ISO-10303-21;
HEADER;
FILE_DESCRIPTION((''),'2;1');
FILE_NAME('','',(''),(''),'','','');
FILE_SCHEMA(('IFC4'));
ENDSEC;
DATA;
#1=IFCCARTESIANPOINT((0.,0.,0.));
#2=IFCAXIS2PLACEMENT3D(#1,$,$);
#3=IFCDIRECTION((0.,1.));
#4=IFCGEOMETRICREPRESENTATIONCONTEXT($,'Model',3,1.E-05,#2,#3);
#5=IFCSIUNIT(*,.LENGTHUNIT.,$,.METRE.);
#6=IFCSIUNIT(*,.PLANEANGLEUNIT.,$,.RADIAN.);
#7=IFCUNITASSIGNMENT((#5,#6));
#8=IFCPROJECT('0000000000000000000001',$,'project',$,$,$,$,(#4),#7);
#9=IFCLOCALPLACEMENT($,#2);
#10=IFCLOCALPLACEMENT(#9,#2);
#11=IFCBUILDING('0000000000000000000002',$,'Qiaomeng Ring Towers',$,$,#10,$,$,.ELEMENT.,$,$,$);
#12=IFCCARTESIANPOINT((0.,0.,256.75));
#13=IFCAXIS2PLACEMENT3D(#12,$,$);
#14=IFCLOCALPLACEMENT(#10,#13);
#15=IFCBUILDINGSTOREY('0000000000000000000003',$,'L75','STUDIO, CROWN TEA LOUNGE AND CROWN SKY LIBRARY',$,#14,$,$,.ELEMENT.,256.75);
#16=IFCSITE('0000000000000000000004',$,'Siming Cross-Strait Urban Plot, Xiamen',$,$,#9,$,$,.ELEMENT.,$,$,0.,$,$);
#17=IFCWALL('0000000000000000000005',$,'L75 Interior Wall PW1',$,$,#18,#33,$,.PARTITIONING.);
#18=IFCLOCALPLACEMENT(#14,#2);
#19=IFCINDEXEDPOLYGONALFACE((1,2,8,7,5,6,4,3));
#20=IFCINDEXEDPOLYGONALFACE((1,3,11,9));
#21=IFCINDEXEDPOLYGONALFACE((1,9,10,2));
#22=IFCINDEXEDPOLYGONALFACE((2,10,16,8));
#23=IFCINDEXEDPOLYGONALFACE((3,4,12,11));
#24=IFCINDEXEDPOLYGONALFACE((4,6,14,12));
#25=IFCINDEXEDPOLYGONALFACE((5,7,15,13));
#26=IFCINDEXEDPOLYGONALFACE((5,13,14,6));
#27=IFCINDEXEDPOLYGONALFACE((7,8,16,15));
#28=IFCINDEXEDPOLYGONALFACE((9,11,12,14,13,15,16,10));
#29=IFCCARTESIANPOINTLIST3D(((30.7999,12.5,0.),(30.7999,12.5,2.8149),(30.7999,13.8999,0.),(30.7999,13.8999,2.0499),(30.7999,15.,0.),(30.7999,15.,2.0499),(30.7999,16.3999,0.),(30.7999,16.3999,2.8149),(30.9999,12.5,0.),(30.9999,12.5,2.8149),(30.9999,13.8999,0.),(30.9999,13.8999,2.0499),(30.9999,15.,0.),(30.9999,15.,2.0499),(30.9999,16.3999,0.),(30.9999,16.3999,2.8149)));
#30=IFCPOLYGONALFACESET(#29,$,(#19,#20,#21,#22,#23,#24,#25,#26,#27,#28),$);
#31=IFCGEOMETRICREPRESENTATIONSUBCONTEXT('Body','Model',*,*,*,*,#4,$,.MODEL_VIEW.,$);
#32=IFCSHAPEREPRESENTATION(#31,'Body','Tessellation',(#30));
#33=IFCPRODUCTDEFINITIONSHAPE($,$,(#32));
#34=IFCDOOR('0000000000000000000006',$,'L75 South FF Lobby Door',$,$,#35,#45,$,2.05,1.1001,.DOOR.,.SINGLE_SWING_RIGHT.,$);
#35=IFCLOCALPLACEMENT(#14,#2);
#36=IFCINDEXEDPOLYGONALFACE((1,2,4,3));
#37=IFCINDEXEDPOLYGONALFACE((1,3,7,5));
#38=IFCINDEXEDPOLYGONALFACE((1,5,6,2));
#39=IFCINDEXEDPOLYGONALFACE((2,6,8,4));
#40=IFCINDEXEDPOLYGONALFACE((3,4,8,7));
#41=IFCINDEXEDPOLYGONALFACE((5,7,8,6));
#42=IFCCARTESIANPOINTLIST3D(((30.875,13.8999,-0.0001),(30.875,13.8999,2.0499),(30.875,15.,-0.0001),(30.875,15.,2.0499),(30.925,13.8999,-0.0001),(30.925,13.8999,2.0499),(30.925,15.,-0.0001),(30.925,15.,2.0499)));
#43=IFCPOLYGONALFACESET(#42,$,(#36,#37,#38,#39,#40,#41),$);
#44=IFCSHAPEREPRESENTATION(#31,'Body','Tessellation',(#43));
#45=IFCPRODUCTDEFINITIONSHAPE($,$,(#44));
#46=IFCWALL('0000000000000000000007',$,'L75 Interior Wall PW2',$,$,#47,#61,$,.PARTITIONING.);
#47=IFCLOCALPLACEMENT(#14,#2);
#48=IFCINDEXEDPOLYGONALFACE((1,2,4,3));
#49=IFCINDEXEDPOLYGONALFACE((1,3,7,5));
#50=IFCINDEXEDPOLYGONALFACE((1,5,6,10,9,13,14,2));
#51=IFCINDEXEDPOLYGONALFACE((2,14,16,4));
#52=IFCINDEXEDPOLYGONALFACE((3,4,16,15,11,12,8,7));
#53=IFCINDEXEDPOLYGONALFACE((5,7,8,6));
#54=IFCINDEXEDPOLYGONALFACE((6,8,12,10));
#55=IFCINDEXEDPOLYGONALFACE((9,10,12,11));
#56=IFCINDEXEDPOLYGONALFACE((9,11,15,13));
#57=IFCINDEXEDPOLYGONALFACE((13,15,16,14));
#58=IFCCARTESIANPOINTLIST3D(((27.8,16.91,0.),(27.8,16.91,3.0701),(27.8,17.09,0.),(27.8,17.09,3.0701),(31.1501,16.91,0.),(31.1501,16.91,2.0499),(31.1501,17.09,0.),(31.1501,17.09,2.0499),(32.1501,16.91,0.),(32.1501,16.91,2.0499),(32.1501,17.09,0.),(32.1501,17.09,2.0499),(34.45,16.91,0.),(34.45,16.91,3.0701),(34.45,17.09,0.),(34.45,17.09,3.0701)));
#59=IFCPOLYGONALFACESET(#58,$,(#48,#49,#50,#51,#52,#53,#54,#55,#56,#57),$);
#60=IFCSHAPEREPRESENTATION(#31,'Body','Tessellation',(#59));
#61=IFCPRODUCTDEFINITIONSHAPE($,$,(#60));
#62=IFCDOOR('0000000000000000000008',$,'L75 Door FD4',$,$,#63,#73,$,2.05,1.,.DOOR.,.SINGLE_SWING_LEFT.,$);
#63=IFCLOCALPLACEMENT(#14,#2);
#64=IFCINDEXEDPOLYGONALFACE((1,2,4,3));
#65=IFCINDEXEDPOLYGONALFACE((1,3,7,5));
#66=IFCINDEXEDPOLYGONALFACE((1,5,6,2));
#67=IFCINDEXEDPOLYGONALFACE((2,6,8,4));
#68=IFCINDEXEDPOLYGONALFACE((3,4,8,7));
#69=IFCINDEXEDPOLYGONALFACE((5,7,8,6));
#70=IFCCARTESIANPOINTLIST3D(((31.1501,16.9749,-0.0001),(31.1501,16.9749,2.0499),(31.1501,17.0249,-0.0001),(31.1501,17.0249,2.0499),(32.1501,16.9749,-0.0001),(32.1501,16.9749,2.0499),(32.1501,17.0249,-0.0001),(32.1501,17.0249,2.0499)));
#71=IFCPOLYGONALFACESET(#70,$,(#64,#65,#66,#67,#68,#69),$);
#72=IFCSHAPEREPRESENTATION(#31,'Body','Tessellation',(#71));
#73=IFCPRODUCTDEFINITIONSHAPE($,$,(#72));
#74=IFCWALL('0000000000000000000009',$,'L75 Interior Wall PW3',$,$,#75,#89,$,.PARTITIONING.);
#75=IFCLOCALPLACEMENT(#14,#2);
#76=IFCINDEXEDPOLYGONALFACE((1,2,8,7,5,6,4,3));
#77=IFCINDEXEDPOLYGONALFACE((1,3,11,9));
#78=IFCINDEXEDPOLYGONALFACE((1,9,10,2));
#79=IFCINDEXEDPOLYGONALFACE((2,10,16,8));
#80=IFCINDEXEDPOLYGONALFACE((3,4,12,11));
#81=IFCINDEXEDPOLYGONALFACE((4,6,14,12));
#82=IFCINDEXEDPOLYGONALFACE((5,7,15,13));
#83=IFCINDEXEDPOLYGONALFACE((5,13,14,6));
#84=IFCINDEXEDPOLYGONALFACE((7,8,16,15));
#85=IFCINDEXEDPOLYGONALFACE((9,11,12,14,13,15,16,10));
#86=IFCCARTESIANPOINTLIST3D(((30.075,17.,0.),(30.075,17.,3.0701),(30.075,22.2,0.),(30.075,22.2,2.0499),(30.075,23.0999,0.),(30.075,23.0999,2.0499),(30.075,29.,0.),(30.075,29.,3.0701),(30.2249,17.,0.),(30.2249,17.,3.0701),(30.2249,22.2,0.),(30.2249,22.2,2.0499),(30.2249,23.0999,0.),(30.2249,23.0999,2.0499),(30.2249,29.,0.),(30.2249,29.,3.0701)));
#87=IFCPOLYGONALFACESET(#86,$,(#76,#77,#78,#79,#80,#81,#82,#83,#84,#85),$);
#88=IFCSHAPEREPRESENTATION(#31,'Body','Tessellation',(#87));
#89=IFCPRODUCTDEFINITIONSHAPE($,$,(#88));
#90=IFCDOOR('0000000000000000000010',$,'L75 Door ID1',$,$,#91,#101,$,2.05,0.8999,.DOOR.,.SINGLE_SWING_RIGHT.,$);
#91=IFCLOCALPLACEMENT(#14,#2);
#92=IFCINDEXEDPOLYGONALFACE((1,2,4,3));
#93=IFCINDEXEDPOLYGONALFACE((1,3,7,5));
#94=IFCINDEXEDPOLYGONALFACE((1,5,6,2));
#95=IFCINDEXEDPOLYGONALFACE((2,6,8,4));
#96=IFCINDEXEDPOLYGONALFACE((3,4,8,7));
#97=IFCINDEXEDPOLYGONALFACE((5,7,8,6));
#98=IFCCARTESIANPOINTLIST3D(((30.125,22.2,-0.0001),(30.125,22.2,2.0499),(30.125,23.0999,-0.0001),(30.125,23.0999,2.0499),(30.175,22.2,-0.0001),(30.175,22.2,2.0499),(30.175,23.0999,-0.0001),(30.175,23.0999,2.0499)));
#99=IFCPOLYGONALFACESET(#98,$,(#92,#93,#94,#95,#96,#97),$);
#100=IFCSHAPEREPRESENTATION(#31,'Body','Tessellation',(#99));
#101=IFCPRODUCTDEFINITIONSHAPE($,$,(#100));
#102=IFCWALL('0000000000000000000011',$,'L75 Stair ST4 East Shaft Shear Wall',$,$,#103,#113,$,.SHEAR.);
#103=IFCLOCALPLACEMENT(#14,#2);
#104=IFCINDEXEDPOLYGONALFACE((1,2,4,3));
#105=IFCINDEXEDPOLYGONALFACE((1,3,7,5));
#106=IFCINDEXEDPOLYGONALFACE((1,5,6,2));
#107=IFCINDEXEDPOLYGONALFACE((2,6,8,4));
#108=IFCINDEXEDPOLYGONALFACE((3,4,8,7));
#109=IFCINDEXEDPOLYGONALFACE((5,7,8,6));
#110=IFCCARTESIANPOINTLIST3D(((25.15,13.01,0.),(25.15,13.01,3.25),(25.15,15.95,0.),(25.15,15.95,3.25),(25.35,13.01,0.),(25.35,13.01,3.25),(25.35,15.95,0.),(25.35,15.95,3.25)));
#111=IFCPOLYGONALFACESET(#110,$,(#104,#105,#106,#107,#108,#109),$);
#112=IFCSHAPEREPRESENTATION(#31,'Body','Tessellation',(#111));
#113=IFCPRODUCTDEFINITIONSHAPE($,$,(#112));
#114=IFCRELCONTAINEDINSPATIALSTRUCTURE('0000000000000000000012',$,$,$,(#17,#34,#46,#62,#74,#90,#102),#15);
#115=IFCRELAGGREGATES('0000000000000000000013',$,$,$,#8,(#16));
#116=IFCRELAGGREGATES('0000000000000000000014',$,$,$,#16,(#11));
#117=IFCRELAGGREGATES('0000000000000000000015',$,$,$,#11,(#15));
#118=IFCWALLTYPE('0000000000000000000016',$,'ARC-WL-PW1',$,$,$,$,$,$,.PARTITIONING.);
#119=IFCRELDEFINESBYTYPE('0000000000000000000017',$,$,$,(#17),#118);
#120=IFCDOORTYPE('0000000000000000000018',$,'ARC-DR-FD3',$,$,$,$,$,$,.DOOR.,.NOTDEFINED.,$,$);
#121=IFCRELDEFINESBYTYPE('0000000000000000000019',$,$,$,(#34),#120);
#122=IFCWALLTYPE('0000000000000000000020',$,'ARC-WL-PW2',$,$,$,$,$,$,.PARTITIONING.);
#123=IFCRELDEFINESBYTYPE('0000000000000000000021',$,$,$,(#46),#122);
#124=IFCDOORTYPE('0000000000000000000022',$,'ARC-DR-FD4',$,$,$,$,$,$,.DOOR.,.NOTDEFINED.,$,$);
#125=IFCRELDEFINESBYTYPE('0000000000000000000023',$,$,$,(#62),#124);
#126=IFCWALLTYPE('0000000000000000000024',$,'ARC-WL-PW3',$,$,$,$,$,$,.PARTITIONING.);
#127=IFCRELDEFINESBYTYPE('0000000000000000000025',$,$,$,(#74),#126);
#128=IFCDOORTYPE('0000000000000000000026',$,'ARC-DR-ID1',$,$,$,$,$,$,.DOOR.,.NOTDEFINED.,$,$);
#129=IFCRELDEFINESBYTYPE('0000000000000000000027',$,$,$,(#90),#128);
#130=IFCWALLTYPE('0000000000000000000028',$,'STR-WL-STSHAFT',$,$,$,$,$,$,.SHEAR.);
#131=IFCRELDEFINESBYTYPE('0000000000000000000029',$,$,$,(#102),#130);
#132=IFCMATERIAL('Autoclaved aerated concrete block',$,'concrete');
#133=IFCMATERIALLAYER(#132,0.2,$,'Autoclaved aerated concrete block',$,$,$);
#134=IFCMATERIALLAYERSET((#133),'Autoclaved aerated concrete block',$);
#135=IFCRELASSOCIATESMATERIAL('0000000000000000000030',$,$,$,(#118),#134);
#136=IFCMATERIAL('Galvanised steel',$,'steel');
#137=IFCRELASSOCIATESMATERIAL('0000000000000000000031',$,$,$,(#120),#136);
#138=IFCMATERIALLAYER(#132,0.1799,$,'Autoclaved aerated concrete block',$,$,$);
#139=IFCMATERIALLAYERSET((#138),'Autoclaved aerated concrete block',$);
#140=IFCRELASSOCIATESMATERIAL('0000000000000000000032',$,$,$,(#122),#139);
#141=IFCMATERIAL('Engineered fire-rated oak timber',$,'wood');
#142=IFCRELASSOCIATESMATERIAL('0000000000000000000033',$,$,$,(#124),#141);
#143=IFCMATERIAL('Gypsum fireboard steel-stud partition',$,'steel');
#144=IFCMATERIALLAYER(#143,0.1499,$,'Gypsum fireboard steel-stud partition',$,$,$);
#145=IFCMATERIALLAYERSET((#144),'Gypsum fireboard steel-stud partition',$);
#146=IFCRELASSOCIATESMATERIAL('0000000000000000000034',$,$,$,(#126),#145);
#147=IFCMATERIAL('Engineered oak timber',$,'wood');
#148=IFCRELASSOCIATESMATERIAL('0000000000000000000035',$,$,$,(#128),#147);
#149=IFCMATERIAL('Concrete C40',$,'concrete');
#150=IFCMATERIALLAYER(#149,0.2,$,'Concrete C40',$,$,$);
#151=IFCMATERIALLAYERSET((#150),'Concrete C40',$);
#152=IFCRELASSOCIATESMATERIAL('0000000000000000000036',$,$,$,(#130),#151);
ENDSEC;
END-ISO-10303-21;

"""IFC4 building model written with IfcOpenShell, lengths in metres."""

from ifc_helpers import new_model, si_unit, direction, frame, frame_2d, origin, place, context, subcontext, project, spatial, rectangle, extrude, source, transform, mapped, material, layer, layer_set, type_object, element, fill, save


model = new_model("IFC4")

# Units and contexts
model_context = context("Model", 3, precision=1e-05, world=origin(), true_north=direction((0.0, 1.0)))
body_context = subcontext(model_context, "Body", "Model", "MODEL_VIEW")
ifc_project = project(units=[si_unit("LENGTHUNIT", "METRE"), si_unit("PLANEANGLEUNIT", "RADIAN")], contexts=[model_context])

# Site, building, storey
site_placement = place(None, origin())
site = spatial("IfcSite", under=ifc_project, at=site_placement, Name="Siming Cross-Strait Urban Plot, Xiamen", CompositionType="ELEMENT", RefElevation=0.0)
building_placement = place(site_placement, origin())
building = spatial("IfcBuilding", under=site, at=building_placement, Name="Qiaomeng Ring Towers", CompositionType="ELEMENT")
storey_placement = place(building_placement, frame((0.0, 0.0, 256.75)))
storey = spatial("IfcBuildingStorey", under=building, at=storey_placement, Name="L75", Description="STUDIO, CROWN TEA LOUNGE AND CROWN SKY LIBRARY", CompositionType="ELEMENT", Elevation=256.75)

# Shared definitions
ifc_material_1 = material(Name="Concrete C40", Category="concrete")

# Shared definitions
ifc_material_2 = material(Name="Autoclaved aerated concrete block", Category="concrete")
ifc_layer_1 = layer(ifc_material_2, 0.2, Name="Autoclaved aerated concrete block")
ifc_layer_set_1 = layer_set([ifc_layer_1], Name="Autoclaved aerated concrete block")
wall_type_1 = type_object("IfcWallType", Name="ARC-WL-PW1", PredefinedType="PARTITIONING", material=ifc_layer_set_1)

# Walls, openings, doors
wall_1_placement = place(storey_placement, frame((30.8999, 12.5, 0.0), z_axis=(0.0, 0.0, 1.0), x_axis=(0.0, 1.0, 0.0)))
wall_1 = element("IfcWall", 1, at=wall_1_placement, inside=storey, type_object=wall_type_1, Name="L75 Interior Wall PW1", PredefinedType="PARTITIONING", context=body_context, shape_type="SweptSolid", body=[
    extrude(rectangle(XDim=3.8999, YDim=0.2, at=frame_2d((1.95, 0.0))), origin(), (0.0, 0.0, 1.0), 2.8149),
])
opening_1_placement = place(wall_1_placement, frame((1.3999, 0.0, 0.0)))
opening_1 = element("IfcOpeningElement", 2, at=opening_1_placement, cuts=wall_1, PredefinedType="OPENING", context=body_context, shape_type="SweptSolid", body=[
    extrude(rectangle(XDim=1.1001, YDim=2.05, at=frame_2d((0.55, 1.0249))), frame((0.0, 0.1099, 0.0), z_axis=(0.0, -1.0, 0.0), x_axis=(1.0, 0.0, 0.0)), (0.0, 0.0, 1.0), 0.22),
])
ifc_material_3 = material(Name="Galvanised steel", Category="steel")
door_type_1 = type_object("IfcDoorType", Name="ARC-DR-FD3", OperationType="NOTDEFINED", PredefinedType="DOOR", material=ifc_material_3)
shared_shape_1 = source(origin(), body_context, "Body", "SweptSolid", [
    extrude(rectangle(XDim=1.1001, YDim=2.05, at=frame_2d((0.55, 1.0249))), frame((0.0, 0.0249, 0.0), z_axis=(0.0, -1.0, 0.0), x_axis=(1.0, 0.0, 0.0)), (0.0, 0.0, 1.0), 0.05),
])
door_1_placement = place(opening_1_placement, origin())
door_1 = element("IfcDoor", 3, at=door_1_placement, inside=storey, type_object=door_type_1, Name="L75 South FF Lobby Door", OperationType="SINGLE_SWING_RIGHT", OverallHeight=2.05, OverallWidth=1.1001, PredefinedType="DOOR", context=body_context, shape_type="MappedRepresentation", body=[
    mapped(shared_shape_1, transform((0.0, 0.0, 0.0), x_axis=(1.0, 0.0, 0.0), y_axis=(0.0, 1.0, 0.0), z_axis=(0.0, 0.0, 1.0), scale=1.0)),
])
fill(opening_1, door_1)
ifc_layer_2 = layer(ifc_material_2, 0.1799, Name="Autoclaved aerated concrete block")
ifc_layer_set_2 = layer_set([ifc_layer_2], Name="Autoclaved aerated concrete block")
wall_type_2 = type_object("IfcWallType", Name="ARC-WL-PW2", PredefinedType="PARTITIONING", material=ifc_layer_set_2)
wall_2_placement = place(storey_placement, frame((27.8, 17.0, 0.0), z_axis=(0.0, 0.0, 1.0), x_axis=(1.0, 0.0, 0.0)))
wall_2 = element("IfcWall", 4, at=wall_2_placement, inside=storey, type_object=wall_type_2, Name="L75 Interior Wall PW2", PredefinedType="PARTITIONING", context=body_context, shape_type="SweptSolid", body=[
    extrude(rectangle(XDim=6.6499, YDim=0.1799, at=frame_2d((3.325, 0.0))), origin(), (0.0, 0.0, 1.0), 3.0701),
])
opening_2_placement = place(wall_2_placement, frame((3.3501, 0.0, 0.0)))
opening_2 = element("IfcOpeningElement", 5, at=opening_2_placement, cuts=wall_2, PredefinedType="OPENING", context=body_context, shape_type="SweptSolid", body=[
    extrude(rectangle(XDim=1.0, YDim=2.05, at=frame_2d((0.5, 1.0249))), frame((0.0, 0.0999, 0.0), z_axis=(0.0, -1.0, 0.0), x_axis=(1.0, 0.0, 0.0)), (0.0, 0.0, 1.0), 0.2),
])
ifc_material_4 = material(Name="Engineered fire-rated oak timber", Category="wood")
door_type_2 = type_object("IfcDoorType", Name="ARC-DR-FD4", OperationType="NOTDEFINED", PredefinedType="DOOR", material=ifc_material_4)
shared_shape_2 = source(origin(), body_context, "Body", "SweptSolid", [
    extrude(rectangle(XDim=1.0, YDim=2.05, at=frame_2d((0.5, 1.0249))), frame((0.0, 0.0249, 0.0), z_axis=(0.0, -1.0, 0.0), x_axis=(1.0, 0.0, 0.0)), (0.0, 0.0, 1.0), 0.05),
])
door_2_placement = place(opening_2_placement, origin())
door_2 = element("IfcDoor", 6, at=door_2_placement, inside=storey, type_object=door_type_2, Name="L75 Door FD4", OperationType="SINGLE_SWING_LEFT", OverallHeight=2.05, OverallWidth=1.0, PredefinedType="DOOR", context=body_context, shape_type="MappedRepresentation", body=[
    mapped(shared_shape_2, transform((0.0, 0.0, 0.0), x_axis=(1.0, 0.0, 0.0), y_axis=(0.0, 1.0, 0.0), z_axis=(0.0, 0.0, 1.0), scale=1.0)),
])
fill(opening_2, door_2)
ifc_material_5 = material(Name="Gypsum fireboard steel-stud partition", Category="steel")
ifc_layer_3 = layer(ifc_material_5, 0.1499, Name="Gypsum fireboard steel-stud partition")
ifc_layer_set_3 = layer_set([ifc_layer_3], Name="Gypsum fireboard steel-stud partition")
wall_type_3 = type_object("IfcWallType", Name="ARC-WL-PW3", PredefinedType="PARTITIONING", material=ifc_layer_set_3)
wall_3_placement = place(storey_placement, frame((30.1499, 17.0, 0.0), z_axis=(0.0, 0.0, 1.0), x_axis=(0.0, 1.0, 0.0)))
wall_3 = element("IfcWall", 7, at=wall_3_placement, inside=storey, type_object=wall_type_3, Name="L75 Interior Wall PW3", PredefinedType="PARTITIONING", context=body_context, shape_type="SweptSolid", body=[
    extrude(rectangle(XDim=12.0, YDim=0.1499, at=frame_2d((6.0, 0.0))), origin(), (0.0, 0.0, 1.0), 3.0701),
])
opening_3_placement = place(wall_3_placement, frame((5.2, 0.0, 0.0)))
opening_3 = element("IfcOpeningElement", 8, at=opening_3_placement, cuts=wall_3, PredefinedType="OPENING", context=body_context, shape_type="SweptSolid", body=[
    extrude(rectangle(XDim=0.8999, YDim=2.05, at=frame_2d((0.45, 1.0249))), frame((0.0, 0.085, 0.0), z_axis=(0.0, -1.0, 0.0), x_axis=(1.0, 0.0, 0.0)), (0.0, 0.0, 1.0), 0.1699),
])
ifc_material_6 = material(Name="Engineered oak timber", Category="wood")
door_type_3 = type_object("IfcDoorType", Name="ARC-DR-ID1", OperationType="NOTDEFINED", PredefinedType="DOOR", material=ifc_material_6)
shared_shape_3 = source(origin(), body_context, "Body", "SweptSolid", [
    extrude(rectangle(XDim=0.8999, YDim=2.05, at=frame_2d((0.45, 1.0249))), frame((0.0, 0.0249, 0.0), z_axis=(0.0, -1.0, 0.0), x_axis=(1.0, 0.0, 0.0)), (0.0, 0.0, 1.0), 0.05),
])
door_3_placement = place(opening_3_placement, origin())
door_3 = element("IfcDoor", 9, at=door_3_placement, inside=storey, type_object=door_type_3, Name="L75 Door ID1", OperationType="SINGLE_SWING_RIGHT", OverallHeight=2.05, OverallWidth=0.8999, PredefinedType="DOOR", context=body_context, shape_type="MappedRepresentation", body=[
    mapped(shared_shape_3, transform((0.0, 0.0, 0.0), x_axis=(1.0, 0.0, 0.0), y_axis=(0.0, 1.0, 0.0), z_axis=(0.0, 0.0, 1.0), scale=1.0)),
])
fill(opening_3, door_3)

# Wall
ifc_layer_4 = layer(ifc_material_1, 0.2, Name="Concrete C40")
ifc_layer_set_4 = layer_set([ifc_layer_4], Name="Concrete C40")
wall_type_4 = type_object("IfcWallType", Name="STR-WL-STSHAFT", PredefinedType="SHEAR", material=ifc_layer_set_4)
wall_4_placement = place(storey_placement, frame((25.25, 13.01, 0.0), z_axis=(0.0, 0.0, 1.0), x_axis=(0.0, 1.0, 0.0)))
element("IfcWall", 10, at=wall_4_placement, inside=storey, type_object=wall_type_4, Name="L75 Stair ST4 East Shaft Shear Wall", PredefinedType="SHEAR", context=body_context, shape_type="SweptSolid", body=[
    extrude(rectangle(XDim=2.9399, YDim=0.2, at=frame_2d((1.47, 0.0))), origin(), (0.0, 0.0, 1.0), 3.25),
])

save(model, "model.ifc")
